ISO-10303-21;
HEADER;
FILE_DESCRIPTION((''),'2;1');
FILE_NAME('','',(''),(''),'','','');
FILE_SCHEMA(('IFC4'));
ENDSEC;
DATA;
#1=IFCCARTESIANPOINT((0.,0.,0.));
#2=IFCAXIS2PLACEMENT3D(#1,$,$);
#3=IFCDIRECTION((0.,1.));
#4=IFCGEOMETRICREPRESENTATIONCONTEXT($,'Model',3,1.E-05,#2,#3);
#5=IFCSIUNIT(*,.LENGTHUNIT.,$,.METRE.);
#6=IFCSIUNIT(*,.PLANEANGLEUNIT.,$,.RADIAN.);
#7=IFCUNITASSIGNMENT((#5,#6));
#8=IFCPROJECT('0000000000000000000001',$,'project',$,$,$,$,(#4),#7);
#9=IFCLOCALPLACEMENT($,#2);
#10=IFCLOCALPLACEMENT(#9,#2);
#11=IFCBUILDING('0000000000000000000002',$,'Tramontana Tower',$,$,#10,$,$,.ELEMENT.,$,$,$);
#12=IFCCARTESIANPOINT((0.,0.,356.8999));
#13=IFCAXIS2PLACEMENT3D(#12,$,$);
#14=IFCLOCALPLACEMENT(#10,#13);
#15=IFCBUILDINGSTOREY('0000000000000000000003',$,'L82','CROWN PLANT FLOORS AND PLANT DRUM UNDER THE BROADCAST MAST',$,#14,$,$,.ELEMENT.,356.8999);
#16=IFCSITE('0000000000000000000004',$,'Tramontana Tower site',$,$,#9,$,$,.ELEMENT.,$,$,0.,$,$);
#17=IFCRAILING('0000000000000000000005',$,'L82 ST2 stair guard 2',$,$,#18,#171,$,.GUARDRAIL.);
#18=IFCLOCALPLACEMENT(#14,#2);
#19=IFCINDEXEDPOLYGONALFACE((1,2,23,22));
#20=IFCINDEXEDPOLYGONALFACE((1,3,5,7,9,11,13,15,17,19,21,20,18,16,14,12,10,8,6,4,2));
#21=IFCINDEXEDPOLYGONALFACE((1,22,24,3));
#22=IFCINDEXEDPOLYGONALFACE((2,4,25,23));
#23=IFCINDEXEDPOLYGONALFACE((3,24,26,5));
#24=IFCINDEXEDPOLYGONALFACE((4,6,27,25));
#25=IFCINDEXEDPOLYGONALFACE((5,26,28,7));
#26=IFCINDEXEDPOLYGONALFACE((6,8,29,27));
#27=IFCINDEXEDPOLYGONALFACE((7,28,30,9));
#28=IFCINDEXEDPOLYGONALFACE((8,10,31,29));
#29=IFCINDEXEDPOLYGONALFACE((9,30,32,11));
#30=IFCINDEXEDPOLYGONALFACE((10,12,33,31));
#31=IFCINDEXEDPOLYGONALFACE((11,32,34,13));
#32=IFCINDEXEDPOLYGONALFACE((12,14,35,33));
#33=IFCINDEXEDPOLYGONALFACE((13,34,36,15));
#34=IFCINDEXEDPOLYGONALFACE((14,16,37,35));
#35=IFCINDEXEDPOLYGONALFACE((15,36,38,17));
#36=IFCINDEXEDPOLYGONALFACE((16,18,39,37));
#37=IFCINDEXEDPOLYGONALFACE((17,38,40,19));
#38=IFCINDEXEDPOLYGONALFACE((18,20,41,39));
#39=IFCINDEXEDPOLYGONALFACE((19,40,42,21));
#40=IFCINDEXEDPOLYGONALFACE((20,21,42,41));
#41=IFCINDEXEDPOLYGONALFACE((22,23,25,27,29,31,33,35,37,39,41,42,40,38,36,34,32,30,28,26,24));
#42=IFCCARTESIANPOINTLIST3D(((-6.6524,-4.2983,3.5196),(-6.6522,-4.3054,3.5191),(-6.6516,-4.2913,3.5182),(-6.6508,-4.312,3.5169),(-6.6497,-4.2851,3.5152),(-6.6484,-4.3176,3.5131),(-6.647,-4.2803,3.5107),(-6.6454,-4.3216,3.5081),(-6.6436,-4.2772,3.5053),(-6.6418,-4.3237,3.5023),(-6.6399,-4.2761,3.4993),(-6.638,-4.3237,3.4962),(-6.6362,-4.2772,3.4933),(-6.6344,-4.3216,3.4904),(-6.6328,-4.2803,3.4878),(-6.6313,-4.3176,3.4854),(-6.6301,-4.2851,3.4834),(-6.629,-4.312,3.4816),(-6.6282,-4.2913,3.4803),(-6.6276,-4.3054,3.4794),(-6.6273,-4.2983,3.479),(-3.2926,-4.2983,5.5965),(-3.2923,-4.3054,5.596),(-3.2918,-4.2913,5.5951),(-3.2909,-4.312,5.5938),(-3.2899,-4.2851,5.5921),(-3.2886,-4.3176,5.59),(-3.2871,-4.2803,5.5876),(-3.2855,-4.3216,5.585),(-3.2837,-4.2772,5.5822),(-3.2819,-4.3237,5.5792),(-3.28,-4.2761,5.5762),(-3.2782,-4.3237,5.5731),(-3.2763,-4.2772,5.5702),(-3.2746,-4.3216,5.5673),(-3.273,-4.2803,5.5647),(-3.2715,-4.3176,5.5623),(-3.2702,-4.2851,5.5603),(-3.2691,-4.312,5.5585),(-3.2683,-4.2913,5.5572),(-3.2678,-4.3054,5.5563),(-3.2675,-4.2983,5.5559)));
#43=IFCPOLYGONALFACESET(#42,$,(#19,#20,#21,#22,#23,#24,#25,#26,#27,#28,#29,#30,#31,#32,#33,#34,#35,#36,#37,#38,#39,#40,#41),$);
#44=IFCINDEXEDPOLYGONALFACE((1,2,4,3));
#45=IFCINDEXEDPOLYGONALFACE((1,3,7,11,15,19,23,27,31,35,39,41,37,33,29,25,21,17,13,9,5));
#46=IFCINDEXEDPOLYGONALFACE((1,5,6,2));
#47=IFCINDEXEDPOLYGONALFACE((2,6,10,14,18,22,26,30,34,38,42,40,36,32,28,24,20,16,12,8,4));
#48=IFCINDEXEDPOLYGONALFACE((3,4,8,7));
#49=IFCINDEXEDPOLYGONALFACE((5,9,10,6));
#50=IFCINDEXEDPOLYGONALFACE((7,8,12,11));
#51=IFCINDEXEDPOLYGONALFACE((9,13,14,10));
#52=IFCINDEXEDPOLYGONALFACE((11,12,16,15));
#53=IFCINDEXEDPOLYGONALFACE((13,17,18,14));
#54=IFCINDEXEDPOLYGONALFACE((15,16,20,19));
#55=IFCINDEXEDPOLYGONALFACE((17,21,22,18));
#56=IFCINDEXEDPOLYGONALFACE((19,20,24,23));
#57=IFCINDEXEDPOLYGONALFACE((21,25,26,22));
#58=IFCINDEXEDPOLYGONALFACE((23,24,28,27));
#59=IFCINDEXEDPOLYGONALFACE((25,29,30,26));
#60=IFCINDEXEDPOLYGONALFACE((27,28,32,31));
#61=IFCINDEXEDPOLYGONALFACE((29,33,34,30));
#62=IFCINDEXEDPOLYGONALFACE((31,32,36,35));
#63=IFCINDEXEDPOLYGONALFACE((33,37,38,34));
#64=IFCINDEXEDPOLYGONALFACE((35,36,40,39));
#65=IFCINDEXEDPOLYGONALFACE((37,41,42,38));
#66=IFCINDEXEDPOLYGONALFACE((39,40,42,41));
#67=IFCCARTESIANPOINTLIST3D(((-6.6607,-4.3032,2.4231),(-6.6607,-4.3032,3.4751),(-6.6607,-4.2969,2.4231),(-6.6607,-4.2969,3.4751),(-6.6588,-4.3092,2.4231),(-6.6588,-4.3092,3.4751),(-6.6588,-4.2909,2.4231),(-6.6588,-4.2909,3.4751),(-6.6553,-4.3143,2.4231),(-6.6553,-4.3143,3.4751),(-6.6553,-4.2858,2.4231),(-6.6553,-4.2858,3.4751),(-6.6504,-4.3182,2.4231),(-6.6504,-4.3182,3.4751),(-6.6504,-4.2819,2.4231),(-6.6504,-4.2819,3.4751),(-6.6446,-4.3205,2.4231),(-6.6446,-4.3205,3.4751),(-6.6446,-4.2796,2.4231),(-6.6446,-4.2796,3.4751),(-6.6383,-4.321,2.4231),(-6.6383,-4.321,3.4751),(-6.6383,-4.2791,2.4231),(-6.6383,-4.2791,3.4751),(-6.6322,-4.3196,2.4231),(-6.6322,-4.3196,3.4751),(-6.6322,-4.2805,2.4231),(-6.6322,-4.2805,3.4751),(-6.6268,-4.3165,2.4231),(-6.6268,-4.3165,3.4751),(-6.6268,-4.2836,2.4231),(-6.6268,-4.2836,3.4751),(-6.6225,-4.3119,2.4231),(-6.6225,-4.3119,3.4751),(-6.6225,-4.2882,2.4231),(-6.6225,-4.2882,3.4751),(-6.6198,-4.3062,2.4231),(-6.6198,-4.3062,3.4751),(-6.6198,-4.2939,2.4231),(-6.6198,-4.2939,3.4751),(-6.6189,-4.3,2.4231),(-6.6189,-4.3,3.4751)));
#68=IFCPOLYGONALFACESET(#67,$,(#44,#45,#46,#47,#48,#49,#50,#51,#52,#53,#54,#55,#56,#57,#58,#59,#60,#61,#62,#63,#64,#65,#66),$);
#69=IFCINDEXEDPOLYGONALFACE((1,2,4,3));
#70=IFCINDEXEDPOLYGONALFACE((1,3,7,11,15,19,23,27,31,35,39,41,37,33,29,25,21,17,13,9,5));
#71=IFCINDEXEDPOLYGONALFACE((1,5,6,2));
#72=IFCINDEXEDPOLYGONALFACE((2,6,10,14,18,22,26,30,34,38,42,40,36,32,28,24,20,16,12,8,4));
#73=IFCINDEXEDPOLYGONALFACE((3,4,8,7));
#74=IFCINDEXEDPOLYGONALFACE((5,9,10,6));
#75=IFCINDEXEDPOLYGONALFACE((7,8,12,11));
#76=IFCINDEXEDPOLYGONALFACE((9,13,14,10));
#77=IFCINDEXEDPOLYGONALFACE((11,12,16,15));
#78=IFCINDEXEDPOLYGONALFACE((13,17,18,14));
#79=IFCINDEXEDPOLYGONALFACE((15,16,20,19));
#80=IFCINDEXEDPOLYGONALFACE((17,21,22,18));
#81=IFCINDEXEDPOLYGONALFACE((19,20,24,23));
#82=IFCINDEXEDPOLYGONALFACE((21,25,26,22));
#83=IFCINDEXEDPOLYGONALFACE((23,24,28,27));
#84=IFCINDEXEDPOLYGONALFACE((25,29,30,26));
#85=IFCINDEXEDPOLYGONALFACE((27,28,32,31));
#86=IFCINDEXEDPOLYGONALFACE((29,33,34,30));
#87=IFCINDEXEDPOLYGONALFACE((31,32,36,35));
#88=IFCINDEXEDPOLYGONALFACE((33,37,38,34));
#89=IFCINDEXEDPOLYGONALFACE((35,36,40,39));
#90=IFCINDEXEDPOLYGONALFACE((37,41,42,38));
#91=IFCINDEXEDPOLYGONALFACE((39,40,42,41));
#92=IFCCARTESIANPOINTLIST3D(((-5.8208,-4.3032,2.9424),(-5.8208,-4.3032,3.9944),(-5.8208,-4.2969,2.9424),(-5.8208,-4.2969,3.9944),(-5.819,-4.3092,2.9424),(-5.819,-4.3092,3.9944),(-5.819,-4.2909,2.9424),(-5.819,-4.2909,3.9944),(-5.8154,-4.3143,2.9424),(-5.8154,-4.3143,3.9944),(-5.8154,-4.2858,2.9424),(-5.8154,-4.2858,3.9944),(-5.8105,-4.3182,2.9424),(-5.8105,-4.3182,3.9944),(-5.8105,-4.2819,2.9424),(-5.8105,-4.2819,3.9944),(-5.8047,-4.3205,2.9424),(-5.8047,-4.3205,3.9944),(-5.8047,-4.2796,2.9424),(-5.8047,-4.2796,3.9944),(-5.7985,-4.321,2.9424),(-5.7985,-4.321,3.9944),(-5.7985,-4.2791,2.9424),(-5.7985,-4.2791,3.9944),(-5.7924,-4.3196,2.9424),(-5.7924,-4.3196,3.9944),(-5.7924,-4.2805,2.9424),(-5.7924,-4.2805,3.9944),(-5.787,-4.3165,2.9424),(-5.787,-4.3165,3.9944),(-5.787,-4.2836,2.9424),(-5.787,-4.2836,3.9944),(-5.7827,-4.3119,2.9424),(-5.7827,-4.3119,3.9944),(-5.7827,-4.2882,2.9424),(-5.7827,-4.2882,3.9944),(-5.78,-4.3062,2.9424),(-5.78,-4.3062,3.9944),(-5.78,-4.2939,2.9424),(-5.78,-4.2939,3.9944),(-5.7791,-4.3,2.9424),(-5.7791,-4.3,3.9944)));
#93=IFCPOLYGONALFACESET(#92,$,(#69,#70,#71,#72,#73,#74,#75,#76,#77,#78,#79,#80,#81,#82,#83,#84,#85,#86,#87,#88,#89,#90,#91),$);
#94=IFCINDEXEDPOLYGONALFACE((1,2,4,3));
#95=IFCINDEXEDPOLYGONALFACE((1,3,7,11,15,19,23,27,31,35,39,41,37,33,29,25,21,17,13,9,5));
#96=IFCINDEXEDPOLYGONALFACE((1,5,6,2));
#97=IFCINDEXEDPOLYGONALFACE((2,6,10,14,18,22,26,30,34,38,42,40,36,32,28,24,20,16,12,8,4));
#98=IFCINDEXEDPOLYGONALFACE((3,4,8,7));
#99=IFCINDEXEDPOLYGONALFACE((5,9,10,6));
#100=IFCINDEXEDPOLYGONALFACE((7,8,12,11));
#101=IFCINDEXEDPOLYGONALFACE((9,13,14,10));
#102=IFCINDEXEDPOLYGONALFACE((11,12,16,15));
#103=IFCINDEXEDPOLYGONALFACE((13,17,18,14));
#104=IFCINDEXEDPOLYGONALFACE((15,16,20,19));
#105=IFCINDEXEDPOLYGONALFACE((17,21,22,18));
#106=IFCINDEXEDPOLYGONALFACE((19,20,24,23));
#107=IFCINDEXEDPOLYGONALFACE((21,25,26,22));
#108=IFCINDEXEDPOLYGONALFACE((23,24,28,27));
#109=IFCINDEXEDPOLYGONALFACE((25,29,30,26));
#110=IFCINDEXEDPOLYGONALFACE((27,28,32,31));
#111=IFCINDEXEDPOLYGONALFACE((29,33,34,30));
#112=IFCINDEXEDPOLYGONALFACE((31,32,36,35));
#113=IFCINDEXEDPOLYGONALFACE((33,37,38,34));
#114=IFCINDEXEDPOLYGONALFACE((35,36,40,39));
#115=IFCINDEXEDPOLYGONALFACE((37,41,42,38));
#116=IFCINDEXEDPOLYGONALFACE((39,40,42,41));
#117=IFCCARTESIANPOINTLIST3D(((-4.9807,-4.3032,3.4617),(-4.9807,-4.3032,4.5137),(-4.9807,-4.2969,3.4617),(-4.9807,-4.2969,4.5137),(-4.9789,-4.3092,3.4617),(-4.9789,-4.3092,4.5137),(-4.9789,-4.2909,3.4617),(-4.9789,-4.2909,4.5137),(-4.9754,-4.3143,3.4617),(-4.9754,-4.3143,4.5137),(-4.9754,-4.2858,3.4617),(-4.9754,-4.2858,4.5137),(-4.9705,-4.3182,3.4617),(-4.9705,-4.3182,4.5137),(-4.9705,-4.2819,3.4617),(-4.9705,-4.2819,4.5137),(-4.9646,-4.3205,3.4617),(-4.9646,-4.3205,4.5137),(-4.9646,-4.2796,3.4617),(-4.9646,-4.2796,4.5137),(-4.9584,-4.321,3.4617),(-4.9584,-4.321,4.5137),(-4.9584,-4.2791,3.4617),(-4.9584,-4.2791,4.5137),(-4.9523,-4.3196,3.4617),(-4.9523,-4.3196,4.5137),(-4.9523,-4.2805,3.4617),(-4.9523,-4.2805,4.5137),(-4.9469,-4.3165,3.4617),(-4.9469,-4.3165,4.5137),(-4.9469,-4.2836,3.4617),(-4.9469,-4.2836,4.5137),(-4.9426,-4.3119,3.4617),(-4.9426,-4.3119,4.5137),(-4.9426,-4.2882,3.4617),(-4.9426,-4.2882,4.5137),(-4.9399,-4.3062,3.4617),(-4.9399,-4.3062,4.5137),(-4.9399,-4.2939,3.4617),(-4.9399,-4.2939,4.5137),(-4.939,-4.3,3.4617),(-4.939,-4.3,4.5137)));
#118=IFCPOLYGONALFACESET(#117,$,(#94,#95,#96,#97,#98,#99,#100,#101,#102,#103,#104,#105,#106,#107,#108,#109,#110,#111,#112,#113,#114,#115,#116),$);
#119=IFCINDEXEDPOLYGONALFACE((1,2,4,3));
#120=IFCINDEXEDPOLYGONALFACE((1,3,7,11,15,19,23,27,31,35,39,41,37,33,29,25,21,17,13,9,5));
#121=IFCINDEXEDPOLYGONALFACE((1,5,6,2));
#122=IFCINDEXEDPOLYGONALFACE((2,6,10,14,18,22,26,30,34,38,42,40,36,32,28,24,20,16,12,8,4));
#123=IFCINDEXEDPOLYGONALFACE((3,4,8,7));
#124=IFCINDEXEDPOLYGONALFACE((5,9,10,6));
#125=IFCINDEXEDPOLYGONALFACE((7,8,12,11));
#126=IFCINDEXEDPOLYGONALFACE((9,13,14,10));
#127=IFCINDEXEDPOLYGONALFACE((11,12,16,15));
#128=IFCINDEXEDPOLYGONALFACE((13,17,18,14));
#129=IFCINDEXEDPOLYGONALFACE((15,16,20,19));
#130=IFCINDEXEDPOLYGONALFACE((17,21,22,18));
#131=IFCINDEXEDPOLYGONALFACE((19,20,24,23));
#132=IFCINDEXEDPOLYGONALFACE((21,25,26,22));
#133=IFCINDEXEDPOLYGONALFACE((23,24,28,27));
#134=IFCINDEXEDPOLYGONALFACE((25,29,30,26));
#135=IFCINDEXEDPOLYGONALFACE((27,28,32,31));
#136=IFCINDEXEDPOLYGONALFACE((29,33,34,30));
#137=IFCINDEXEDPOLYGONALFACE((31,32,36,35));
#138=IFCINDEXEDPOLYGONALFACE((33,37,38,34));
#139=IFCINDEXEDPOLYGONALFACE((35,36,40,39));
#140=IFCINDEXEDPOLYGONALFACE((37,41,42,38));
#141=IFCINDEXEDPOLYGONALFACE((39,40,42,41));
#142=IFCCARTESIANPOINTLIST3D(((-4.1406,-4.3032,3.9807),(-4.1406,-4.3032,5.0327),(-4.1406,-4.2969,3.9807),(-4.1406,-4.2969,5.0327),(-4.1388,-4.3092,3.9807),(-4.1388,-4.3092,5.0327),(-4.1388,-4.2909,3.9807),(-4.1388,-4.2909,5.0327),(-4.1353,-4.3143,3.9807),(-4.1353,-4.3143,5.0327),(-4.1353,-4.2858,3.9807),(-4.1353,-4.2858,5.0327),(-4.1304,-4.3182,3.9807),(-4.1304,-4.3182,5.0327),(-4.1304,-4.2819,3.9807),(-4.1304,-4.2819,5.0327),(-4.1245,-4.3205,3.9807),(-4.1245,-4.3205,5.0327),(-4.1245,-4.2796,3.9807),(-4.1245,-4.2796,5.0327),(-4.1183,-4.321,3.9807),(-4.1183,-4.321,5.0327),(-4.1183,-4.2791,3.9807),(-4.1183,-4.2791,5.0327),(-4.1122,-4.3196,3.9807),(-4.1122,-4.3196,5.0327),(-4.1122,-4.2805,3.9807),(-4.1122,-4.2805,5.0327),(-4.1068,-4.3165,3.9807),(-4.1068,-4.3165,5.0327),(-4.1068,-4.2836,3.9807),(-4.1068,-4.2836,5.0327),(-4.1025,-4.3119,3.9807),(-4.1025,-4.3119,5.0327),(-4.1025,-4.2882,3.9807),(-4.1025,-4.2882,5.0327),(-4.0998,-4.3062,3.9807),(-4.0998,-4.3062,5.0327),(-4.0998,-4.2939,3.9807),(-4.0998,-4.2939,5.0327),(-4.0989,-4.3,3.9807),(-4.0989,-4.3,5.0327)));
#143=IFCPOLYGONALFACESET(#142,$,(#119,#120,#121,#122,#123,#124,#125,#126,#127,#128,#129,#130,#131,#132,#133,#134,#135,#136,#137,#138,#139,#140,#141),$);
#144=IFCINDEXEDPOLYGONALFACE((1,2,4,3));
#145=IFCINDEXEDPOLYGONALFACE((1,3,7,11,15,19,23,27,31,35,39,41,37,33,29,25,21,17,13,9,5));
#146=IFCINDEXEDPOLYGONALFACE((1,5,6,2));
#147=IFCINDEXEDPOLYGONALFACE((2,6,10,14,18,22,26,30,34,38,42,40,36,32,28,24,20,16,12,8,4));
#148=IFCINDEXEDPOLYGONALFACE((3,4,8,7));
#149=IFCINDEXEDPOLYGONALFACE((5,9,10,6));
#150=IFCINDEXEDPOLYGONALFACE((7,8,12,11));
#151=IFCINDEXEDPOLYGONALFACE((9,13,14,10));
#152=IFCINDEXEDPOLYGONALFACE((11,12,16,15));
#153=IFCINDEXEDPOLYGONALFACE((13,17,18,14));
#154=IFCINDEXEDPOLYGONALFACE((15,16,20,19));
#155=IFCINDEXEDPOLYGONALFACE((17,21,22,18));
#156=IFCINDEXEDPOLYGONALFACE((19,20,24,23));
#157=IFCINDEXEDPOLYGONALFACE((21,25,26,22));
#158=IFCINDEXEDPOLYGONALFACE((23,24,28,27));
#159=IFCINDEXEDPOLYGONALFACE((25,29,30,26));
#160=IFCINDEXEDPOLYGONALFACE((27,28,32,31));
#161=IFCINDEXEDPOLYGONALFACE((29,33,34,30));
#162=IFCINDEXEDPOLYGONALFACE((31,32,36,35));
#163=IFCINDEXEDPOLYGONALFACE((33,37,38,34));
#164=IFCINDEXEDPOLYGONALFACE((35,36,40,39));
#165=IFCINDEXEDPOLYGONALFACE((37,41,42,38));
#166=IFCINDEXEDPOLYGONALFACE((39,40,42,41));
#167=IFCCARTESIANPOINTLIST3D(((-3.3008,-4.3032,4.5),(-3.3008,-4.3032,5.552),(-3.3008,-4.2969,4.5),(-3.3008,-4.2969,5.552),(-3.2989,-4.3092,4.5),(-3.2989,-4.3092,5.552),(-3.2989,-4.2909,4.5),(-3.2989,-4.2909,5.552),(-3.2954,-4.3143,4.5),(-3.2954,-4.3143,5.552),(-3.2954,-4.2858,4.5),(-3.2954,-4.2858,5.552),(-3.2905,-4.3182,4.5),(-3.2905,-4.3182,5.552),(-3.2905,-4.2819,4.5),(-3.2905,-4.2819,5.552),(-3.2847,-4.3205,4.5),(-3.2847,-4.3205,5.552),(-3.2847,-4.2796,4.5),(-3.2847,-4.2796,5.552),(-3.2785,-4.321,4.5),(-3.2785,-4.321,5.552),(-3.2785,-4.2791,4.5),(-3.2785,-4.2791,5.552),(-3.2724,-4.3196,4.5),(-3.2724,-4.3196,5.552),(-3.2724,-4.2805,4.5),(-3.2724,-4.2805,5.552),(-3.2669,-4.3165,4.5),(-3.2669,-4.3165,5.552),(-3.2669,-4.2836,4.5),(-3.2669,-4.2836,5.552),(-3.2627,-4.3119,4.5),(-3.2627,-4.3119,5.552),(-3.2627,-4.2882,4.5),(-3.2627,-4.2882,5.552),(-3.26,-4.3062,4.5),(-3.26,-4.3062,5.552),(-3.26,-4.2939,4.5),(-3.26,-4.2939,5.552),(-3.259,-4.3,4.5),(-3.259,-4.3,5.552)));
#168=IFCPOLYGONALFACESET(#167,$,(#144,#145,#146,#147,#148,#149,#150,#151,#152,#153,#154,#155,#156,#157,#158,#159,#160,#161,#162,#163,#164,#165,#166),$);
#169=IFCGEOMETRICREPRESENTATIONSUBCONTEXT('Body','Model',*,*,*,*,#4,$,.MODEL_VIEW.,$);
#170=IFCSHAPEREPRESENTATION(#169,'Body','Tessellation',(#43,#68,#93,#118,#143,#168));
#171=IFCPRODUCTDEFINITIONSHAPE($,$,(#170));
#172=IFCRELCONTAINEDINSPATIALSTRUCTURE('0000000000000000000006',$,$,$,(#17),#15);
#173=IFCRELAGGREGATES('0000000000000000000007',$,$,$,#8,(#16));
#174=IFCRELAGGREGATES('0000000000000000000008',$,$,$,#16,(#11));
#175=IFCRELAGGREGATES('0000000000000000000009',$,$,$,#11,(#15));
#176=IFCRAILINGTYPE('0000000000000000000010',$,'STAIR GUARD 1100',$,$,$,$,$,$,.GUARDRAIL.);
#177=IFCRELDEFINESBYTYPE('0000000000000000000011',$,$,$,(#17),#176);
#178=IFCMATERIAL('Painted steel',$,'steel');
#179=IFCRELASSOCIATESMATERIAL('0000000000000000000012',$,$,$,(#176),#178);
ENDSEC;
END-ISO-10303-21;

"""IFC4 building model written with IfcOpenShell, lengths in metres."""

from ifc_helpers import new_model, si_unit, direction, frame, origin, origin_2d, place, context, subcontext, project, spatial, circle, extrude, material, type_object, element, save


model = new_model("IFC4")

# Units and contexts
model_context = context("Model", 3, precision=1e-05, world=origin(), true_north=direction((0.0, 1.0)))
body_context = subcontext(model_context, "Body", "Model", "MODEL_VIEW")
ifc_project = project(units=[si_unit("LENGTHUNIT", "METRE"), si_unit("PLANEANGLEUNIT", "RADIAN")], contexts=[model_context])

# Site, building, storey
site_placement = place(None, origin())
site = spatial("IfcSite", under=ifc_project, at=site_placement, Name="Tramontana Tower site", CompositionType="ELEMENT", RefElevation=0.0)
building_placement = place(site_placement, origin())
building = spatial("IfcBuilding", under=site, at=building_placement, Name="Tramontana Tower", CompositionType="ELEMENT")
storey_placement = place(building_placement, frame((0.0, 0.0, 356.8999)))
storey = spatial("IfcBuildingStorey", under=building, at=storey_placement, Name="L82", Description="CROWN PLANT FLOORS AND PLANT DRUM UNDER THE BROADCAST MAST", CompositionType="ELEMENT", Elevation=356.8999)

# Railing
ifc_material_1 = material(Name="Painted steel", Category="steel")
railing_type_1 = type_object("IfcRailingType", Name="STAIR GUARD 1100", PredefinedType="GUARDRAIL", material=ifc_material_1)
railing_1_placement = place(storey_placement, frame((-6.6399, -4.3, 2.4231)))
element("IfcRailing", 1, at=railing_1_placement, inside=storey, type_object=railing_type_1, Name="L82 ST2 stair guard 2", PredefinedType="GUARDRAIL", context=body_context, shape_type="SweptSolid", body=[
    extrude(circle(Radius=0.0239, at=origin_2d()), frame((0.0, 0.0, 1.0762), z_axis=(0.850606, 0.0, 0.525803), x_axis=(0.0, 1.0, 0.0)), (0.0, 0.0, 1.0), 3.95),
    extrude(circle(Radius=0.021, at=origin_2d()), origin(), (0.0, 0.0, 1.0), 1.052),
    extrude(circle(Radius=0.021, at=origin_2d()), frame((0.8398, 0.0, 0.5193)), (0.0, 0.0, 1.0), 1.052),
    extrude(circle(Radius=0.021, at=origin_2d()), frame((1.6799, 0.0, 1.0386)), (0.0, 0.0, 1.0), 1.052),
    extrude(circle(Radius=0.021, at=origin_2d()), frame((2.52, 0.0, 1.5576)), (0.0, 0.0, 1.0), 1.052),
    extrude(circle(Radius=0.021, at=origin_2d()), frame((3.3599, 0.0, 2.0769)), (0.0, 0.0, 1.0), 1.052),
])

save(model, "model.ifc")
